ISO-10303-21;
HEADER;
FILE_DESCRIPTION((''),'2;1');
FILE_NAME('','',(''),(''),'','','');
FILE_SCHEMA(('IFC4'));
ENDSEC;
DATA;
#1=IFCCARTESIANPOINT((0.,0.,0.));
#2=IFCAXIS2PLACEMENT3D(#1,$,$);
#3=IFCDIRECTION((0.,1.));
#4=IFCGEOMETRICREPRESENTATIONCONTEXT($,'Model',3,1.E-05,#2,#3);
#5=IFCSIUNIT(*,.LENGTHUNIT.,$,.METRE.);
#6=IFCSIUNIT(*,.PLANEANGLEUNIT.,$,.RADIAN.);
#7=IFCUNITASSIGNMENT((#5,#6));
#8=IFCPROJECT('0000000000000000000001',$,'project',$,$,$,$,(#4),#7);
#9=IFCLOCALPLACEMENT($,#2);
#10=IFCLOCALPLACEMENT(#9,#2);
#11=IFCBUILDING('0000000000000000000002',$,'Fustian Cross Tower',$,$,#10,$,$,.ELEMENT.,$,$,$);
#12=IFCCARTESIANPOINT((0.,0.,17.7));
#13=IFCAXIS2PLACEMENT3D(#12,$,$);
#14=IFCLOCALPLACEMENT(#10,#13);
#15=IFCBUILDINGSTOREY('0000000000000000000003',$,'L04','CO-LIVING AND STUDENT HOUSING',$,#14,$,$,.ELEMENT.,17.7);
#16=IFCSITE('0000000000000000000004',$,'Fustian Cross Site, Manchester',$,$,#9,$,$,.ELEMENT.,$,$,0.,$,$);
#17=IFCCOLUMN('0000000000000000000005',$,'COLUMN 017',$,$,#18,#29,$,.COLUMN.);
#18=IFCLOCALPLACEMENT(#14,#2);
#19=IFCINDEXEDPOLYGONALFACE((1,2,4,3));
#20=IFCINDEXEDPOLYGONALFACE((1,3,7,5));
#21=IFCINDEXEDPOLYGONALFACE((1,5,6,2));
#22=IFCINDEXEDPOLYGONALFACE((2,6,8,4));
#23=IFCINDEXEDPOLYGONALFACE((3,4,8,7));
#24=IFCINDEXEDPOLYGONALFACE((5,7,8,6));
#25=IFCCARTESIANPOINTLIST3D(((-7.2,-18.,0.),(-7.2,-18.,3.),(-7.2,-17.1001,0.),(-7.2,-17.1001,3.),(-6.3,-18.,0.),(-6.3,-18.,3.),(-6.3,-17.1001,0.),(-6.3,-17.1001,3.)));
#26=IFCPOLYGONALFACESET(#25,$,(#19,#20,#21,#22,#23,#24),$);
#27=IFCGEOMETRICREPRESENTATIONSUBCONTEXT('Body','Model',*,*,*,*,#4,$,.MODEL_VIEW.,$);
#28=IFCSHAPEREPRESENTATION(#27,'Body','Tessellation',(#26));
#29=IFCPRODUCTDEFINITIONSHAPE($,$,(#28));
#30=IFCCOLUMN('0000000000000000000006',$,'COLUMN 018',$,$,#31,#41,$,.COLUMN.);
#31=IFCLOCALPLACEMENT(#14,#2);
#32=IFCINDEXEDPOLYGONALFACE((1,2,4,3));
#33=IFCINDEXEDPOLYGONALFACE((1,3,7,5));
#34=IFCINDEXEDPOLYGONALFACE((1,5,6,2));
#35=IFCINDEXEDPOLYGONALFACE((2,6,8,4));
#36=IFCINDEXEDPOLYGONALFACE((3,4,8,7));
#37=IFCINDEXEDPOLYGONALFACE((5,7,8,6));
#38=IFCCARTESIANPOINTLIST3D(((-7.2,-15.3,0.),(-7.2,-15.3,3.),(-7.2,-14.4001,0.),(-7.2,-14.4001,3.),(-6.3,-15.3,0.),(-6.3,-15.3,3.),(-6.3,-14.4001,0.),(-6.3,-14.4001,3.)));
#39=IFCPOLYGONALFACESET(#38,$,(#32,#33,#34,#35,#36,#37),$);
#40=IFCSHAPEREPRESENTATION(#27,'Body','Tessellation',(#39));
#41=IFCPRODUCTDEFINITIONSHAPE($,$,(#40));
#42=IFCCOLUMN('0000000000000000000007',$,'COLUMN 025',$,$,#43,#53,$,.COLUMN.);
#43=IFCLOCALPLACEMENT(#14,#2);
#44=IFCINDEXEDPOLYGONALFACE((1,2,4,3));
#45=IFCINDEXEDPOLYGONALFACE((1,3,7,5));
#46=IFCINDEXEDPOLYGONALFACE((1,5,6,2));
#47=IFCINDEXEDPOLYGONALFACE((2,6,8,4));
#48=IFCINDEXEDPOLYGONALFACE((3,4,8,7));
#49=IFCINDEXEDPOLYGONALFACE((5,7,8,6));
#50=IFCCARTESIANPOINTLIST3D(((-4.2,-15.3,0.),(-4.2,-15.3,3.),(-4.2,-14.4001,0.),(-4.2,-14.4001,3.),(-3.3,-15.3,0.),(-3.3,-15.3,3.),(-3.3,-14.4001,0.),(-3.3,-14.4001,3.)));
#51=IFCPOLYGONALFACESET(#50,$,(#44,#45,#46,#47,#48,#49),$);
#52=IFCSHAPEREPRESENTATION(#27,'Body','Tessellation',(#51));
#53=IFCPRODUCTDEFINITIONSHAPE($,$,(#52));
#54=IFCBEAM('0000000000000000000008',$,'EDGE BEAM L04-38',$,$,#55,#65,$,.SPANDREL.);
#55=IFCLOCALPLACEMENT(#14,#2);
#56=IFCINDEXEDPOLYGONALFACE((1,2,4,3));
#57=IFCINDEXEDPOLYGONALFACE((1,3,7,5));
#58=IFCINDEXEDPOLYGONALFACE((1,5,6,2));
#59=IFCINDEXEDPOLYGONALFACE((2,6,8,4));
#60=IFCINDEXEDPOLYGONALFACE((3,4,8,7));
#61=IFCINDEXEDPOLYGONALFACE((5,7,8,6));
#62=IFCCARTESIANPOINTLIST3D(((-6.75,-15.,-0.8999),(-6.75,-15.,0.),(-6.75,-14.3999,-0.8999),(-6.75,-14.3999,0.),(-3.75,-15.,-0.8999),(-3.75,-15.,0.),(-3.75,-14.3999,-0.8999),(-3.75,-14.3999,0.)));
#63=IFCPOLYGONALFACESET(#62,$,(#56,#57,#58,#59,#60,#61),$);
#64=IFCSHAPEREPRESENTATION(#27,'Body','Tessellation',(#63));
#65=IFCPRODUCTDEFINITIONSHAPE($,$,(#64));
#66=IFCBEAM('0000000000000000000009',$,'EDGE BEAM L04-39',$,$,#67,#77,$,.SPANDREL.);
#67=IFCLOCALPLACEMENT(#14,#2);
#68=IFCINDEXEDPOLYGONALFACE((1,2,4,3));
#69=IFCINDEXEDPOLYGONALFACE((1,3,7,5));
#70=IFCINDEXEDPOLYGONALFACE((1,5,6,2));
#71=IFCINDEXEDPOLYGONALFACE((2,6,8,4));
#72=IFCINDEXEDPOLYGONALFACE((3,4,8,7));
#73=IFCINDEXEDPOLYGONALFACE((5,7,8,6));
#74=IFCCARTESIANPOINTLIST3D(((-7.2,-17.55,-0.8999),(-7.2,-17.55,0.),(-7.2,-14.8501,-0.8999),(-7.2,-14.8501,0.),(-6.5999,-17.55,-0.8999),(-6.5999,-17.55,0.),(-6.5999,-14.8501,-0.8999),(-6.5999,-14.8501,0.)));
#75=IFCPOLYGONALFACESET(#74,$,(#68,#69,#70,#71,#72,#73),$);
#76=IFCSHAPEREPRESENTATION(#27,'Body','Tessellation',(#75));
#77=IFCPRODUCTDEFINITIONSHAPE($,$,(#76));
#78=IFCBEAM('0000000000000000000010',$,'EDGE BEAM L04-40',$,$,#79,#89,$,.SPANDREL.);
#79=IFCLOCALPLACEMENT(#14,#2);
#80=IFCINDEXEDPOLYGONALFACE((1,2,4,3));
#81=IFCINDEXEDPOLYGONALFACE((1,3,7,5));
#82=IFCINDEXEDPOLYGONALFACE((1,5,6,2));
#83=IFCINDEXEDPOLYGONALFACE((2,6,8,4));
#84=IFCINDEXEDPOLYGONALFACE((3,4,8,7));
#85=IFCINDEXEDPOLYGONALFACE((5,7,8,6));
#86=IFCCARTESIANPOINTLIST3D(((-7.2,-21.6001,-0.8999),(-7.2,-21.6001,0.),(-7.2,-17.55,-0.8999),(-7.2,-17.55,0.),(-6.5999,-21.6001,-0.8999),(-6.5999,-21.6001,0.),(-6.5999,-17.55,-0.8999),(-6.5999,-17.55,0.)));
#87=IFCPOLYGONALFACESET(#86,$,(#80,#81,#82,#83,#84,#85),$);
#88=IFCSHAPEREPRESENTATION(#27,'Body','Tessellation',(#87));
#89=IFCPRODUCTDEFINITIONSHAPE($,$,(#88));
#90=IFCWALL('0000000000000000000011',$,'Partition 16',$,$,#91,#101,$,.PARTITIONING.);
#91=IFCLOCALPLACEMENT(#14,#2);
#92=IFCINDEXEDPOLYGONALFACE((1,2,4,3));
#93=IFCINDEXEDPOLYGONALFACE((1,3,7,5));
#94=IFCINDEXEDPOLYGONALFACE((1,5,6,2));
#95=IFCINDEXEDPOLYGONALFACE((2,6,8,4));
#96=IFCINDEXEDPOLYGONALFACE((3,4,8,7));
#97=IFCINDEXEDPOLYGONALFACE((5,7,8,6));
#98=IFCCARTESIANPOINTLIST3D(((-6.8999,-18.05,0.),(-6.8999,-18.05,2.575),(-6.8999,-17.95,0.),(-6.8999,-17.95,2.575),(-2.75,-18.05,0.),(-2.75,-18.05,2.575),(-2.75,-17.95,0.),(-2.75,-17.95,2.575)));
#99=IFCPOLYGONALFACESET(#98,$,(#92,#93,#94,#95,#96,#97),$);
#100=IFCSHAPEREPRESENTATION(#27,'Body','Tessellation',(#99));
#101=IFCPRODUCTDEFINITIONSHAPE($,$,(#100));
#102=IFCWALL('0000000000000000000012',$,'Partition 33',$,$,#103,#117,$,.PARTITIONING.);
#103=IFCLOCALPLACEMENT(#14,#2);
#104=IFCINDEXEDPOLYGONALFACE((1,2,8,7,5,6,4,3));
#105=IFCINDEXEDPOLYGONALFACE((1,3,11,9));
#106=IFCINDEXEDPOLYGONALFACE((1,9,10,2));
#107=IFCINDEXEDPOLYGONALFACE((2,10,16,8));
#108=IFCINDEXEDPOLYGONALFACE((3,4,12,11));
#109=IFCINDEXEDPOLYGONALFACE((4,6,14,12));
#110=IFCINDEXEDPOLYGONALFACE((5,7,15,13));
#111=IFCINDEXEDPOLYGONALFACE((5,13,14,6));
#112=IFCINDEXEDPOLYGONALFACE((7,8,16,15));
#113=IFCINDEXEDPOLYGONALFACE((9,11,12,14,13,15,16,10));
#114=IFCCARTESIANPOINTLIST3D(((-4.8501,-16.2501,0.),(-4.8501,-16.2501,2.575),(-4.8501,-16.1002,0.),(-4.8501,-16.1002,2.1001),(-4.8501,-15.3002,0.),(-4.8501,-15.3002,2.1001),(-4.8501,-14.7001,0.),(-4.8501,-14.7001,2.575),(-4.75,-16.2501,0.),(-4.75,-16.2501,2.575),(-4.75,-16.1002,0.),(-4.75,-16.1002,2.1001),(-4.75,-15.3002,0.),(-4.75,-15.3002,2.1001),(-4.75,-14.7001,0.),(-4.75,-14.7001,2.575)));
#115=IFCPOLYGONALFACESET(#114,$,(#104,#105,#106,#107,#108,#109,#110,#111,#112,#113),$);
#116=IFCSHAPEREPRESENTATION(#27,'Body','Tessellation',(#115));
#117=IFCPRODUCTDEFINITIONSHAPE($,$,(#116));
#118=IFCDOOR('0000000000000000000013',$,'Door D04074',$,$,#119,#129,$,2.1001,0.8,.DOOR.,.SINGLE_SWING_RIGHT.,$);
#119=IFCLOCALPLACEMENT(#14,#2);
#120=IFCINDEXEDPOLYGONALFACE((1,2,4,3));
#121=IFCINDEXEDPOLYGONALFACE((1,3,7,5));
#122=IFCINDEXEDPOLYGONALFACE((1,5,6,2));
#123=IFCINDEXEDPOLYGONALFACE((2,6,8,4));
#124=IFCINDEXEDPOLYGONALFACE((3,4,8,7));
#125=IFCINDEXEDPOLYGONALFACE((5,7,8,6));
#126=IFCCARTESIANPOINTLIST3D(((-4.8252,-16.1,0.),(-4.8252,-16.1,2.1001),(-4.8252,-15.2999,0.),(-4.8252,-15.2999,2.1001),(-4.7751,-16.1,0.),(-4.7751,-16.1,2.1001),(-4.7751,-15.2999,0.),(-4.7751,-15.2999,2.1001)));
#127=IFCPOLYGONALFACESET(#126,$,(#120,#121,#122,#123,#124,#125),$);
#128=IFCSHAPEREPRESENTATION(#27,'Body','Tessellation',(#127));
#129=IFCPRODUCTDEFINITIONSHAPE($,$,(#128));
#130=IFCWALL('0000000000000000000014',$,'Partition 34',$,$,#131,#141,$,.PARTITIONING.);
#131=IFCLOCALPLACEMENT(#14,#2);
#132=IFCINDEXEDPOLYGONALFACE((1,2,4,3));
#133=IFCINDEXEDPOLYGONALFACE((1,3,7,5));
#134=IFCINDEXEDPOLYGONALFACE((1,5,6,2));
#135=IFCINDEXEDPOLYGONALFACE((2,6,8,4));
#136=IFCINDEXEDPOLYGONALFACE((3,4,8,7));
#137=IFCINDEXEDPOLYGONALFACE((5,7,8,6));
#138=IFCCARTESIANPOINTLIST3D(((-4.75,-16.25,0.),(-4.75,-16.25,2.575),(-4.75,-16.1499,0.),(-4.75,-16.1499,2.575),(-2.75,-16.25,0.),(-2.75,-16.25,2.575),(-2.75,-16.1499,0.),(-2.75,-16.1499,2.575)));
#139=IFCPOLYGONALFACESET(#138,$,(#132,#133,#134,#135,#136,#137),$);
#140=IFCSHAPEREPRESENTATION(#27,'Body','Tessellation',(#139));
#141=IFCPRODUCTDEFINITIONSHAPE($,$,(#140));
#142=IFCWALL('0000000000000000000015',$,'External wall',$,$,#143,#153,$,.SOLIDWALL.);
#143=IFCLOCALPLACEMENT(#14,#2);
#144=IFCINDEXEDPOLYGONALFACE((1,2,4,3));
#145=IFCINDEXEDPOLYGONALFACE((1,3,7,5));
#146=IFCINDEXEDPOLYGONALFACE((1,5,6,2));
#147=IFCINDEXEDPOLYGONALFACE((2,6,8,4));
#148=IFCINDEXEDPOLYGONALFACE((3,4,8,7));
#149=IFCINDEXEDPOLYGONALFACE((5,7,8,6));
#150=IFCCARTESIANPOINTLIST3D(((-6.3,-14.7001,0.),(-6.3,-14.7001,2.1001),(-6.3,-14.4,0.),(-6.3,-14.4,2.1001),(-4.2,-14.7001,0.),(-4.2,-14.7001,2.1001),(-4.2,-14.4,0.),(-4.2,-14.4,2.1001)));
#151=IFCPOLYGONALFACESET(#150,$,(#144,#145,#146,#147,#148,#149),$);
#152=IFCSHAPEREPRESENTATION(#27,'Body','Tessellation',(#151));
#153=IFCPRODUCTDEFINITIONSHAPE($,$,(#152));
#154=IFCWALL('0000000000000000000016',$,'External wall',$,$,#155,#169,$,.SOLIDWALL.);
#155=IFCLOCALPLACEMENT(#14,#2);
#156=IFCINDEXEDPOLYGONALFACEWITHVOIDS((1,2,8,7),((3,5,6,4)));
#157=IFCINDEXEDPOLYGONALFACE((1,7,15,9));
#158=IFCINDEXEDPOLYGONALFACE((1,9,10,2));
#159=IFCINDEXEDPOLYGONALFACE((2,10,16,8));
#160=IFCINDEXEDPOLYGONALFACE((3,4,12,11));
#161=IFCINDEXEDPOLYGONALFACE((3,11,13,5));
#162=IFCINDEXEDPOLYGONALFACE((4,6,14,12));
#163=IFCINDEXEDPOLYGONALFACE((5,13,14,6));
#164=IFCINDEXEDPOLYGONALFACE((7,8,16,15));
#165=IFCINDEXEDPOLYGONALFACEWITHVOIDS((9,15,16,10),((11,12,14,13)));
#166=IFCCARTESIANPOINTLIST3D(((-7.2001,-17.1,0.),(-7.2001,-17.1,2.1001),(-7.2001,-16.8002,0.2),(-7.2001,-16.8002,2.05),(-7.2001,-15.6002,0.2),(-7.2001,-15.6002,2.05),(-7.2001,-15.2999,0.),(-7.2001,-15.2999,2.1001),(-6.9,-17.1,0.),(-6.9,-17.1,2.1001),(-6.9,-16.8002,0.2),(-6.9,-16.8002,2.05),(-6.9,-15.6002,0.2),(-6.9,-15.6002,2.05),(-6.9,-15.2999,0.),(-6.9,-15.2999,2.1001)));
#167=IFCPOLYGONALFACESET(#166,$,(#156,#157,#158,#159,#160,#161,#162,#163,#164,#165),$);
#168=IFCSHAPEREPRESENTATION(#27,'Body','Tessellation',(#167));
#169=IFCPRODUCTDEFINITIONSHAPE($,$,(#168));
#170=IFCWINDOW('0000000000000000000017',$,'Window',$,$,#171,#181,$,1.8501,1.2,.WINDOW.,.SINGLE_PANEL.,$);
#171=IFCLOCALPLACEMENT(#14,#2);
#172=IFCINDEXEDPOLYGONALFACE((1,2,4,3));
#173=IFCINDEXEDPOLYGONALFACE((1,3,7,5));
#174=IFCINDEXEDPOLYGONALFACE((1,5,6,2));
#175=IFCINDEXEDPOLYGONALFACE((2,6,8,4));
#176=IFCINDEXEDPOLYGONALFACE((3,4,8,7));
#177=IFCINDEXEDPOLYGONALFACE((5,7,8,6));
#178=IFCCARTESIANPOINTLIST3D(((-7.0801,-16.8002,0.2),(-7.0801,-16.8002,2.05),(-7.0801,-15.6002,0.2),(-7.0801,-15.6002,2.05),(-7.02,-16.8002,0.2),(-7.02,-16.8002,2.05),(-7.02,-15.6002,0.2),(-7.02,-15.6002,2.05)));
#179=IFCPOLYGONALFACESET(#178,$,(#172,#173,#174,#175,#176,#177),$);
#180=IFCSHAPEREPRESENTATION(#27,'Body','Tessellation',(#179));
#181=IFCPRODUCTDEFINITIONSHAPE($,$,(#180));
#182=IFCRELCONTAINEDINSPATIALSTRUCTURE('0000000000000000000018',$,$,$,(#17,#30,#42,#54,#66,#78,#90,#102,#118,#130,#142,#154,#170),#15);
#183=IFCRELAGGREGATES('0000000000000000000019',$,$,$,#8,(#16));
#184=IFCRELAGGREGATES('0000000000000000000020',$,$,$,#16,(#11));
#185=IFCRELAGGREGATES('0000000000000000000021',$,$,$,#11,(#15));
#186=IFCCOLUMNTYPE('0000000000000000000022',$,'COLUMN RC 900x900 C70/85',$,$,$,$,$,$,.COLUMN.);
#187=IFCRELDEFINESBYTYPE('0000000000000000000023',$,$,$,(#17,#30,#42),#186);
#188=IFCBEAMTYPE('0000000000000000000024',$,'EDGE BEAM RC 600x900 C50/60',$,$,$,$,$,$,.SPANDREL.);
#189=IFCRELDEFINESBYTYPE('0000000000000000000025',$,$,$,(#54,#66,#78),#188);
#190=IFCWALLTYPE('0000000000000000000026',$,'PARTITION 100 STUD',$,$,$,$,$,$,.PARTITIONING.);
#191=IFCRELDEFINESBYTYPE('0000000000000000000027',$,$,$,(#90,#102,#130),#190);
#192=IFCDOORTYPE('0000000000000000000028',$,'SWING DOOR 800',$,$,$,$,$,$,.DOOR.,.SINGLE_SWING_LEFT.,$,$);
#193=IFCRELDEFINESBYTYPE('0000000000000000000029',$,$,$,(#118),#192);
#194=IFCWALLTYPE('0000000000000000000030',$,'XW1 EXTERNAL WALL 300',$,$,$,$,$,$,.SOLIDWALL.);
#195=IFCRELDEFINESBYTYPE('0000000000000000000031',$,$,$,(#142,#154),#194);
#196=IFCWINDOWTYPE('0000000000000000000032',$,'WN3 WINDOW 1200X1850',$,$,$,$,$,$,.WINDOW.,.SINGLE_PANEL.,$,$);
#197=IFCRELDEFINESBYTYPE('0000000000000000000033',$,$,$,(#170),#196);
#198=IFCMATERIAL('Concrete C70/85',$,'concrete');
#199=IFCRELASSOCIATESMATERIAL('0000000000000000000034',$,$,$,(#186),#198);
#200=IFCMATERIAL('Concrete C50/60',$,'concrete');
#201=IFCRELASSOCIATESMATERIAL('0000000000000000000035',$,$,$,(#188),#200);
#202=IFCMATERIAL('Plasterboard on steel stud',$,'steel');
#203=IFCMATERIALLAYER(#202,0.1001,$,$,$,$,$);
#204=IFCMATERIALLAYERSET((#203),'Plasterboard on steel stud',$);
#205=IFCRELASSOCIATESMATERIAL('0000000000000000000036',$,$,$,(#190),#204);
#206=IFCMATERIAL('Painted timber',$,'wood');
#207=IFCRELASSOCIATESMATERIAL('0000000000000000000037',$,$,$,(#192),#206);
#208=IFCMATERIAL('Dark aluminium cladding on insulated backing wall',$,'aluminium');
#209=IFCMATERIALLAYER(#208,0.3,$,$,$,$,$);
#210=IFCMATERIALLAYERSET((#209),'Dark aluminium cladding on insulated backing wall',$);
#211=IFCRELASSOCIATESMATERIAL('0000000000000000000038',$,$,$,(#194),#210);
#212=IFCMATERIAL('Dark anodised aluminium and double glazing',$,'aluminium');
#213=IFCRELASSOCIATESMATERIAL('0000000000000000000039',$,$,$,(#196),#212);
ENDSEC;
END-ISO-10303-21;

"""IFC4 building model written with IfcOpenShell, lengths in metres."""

from ifc_helpers import new_model, si_unit, direction, frame, frame_2d, origin, origin_2d, place, context, subcontext, project, spatial, rectangle, extrude, material, layer, layer_set, material_profile, profile_set, type_object, element, fill, save


model = new_model("IFC4")

# Units and contexts
model_context = context("Model", 3, precision=1e-05, world=origin(), true_north=direction((0.0, 1.0)))
body_context = subcontext(model_context, "Body", "Model", "MODEL_VIEW")
ifc_project = project(units=[si_unit("LENGTHUNIT", "METRE"), si_unit("PLANEANGLEUNIT", "RADIAN")], contexts=[model_context])

# Site, building, storey
site_placement = place(None, origin())
site = spatial("IfcSite", under=ifc_project, at=site_placement, Name="Fustian Cross Site, Manchester", CompositionType="ELEMENT", RefElevation=0.0)
building_placement = place(site_placement, origin())
building = spatial("IfcBuilding", under=site, at=building_placement, Name="Fustian Cross Tower", CompositionType="ELEMENT")
storey_placement = place(building_placement, frame((0.0, 0.0, 17.7)))
storey = spatial("IfcBuildingStorey", under=building, at=storey_placement, Name="L04", Description="CO-LIVING AND STUDENT HOUSING", CompositionType="ELEMENT", Elevation=17.7)

# Columns
ifc_material_1 = material(Name="Concrete C70/85", Category="concrete")
ifc_material_profile_1 = material_profile(ifc_material_1, rectangle(XDim=0.8999, YDim=0.8999, at=origin_2d()), Name="RC 900x900")
ifc_profile_set_1 = profile_set([ifc_material_profile_1], Name="Concrete C70/85")
column_type = type_object("IfcColumnType", Name="COLUMN RC 900x900 C70/85", PredefinedType="COLUMN", material=ifc_profile_set_1)
for number, where, z_axis, x_axis, name in (
    (1, (-6.75, -17.55, 0.0), (0.0, 0.0, 1.0), (1.0, 0.0, 0.0), "COLUMN 017"),
    (2, (-6.75, -14.8501, 0.0), (0.0, 0.0, 1.0), (1.0, 0.0, 0.0), "COLUMN 018"),
    (3, (-3.75, -14.8501, 0.0), (0.0, 0.0, 1.0), (1.0, 0.0, 0.0), "COLUMN 025"),
):
    element("IfcColumn", number, at=place(storey_placement, frame(where, z_axis=z_axis, x_axis=x_axis)), inside=storey, type_object=column_type, Name=name, PredefinedType="COLUMN", context=body_context, shape_type="SweptSolid", body=[
        extrude(rectangle(XDim=0.8999, YDim=0.8999, at=origin_2d()), origin(), (0.0, 0.0, 1.0), 3.0),
    ])

# Beams
ifc_material_2 = material(Name="Concrete C50/60", Category="concrete")
ifc_material_profile_2 = material_profile(ifc_material_2, rectangle(XDim=0.6001, YDim=0.8999, at=origin_2d()), Name="RC 600x900")
ifc_profile_set_2 = profile_set([ifc_material_profile_2], Name="Concrete C50/60")
beam_type = type_object("IfcBeamType", Name="EDGE BEAM RC 600x900 C50/60", PredefinedType="SPANDREL", material=ifc_profile_set_2)
beam_1_placement = place(storey_placement, frame((-3.75, -14.7, -0.45), z_axis=(-1.0, 0.0, 0.0), x_axis=(0.0, -1.0, 0.0)))
element("IfcBeam", 4, at=beam_1_placement, inside=storey, type_object=beam_type, Name="EDGE BEAM L04-38", PredefinedType="SPANDREL", context=body_context, shape_type="SweptSolid", body=[
    extrude(rectangle(XDim=0.6001, YDim=0.8999, at=origin_2d()), origin(), (0.0, 0.0, 1.0), 3.0),
])
beam_2_placement = place(storey_placement, frame((-6.8999, -14.8501, -0.45), z_axis=(0.0, -1.0, 0.0), x_axis=(1.0, 0.0, 0.0)))
element("IfcBeam", 5, at=beam_2_placement, inside=storey, type_object=beam_type, Name="EDGE BEAM L04-39", PredefinedType="SPANDREL", context=body_context, shape_type="SweptSolid", body=[
    extrude(rectangle(XDim=0.6001, YDim=0.8999, at=origin_2d()), origin(), (0.0, 0.0, 1.0), 2.7),
])
beam_3_placement = place(storey_placement, frame((-6.8999, -17.55, -0.45), z_axis=(0.0, -1.0, 0.0), x_axis=(1.0, 0.0, 0.0)))
element("IfcBeam", 6, at=beam_3_placement, inside=storey, type_object=beam_type, Name="EDGE BEAM L04-40", PredefinedType="SPANDREL", context=body_context, shape_type="SweptSolid", body=[
    extrude(rectangle(XDim=0.6001, YDim=0.8999, at=origin_2d()), origin(), (0.0, 0.0, 1.0), 4.05),
])

# Wall
ifc_material_3 = material(Name="Plasterboard on steel stud", Category="steel")
ifc_layer_1 = layer(ifc_material_3, 0.1001)
ifc_layer_set_1 = layer_set([ifc_layer_1], Name="Plasterboard on steel stud")
wall_type_1 = type_object("IfcWallType", Name="PARTITION 100 STUD", PredefinedType="PARTITIONING", material=ifc_layer_set_1)
wall_1_placement = place(storey_placement, frame((-6.8999, -18.0, 0.0), z_axis=(0.0, 0.0, 1.0), x_axis=(1.0, 0.0, 0.0)))
element("IfcWall", 7, at=wall_1_placement, inside=storey, type_object=wall_type_1, Name="Partition 16", PredefinedType="PARTITIONING", context=body_context, shape_type="SweptSolid", body=[
    extrude(rectangle(XDim=4.1499, YDim=0.1001, at=frame_2d((2.075, 0.0))), origin(), (0.0, 0.0, 1.0), 2.575),
])

# Wall, opening, door
wall_2_placement = place(storey_placement, frame((-4.8, -16.25, 0.0), z_axis=(0.0, 0.0, 1.0), x_axis=(0.0, 1.0, 0.0)))
wall_2 = element("IfcWall", 8, at=wall_2_placement, inside=storey, type_object=wall_type_1, Name="Partition 33", PredefinedType="PARTITIONING", context=body_context, shape_type="SweptSolid", body=[
    extrude(rectangle(XDim=1.55, YDim=0.1001, at=frame_2d((0.7749, 0.0))), origin(), (0.0, 0.0, 1.0), 2.575),
])
opening_1_placement = place(wall_2_placement, frame((0.1499, 0.0, 0.0)))
opening_1 = element("IfcOpeningElement", 9, at=opening_1_placement, cuts=wall_2, PredefinedType="OPENING", context=body_context, shape_type="SweptSolid", body=[
    extrude(rectangle(XDim=0.8, YDim=2.1001, at=frame_2d((0.3999, 1.05))), frame((0.0, 0.0601, 0.0), z_axis=(0.0, -1.0, 0.0), x_axis=(1.0, 0.0, 0.0)), (0.0, 0.0, 1.0), 0.1201),
])
ifc_material_4 = material(Name="Painted timber", Category="wood")
door_type = type_object("IfcDoorType", Name="SWING DOOR 800", OperationType="SINGLE_SWING_LEFT", PredefinedType="DOOR", material=ifc_material_4)
door_placement = place(opening_1_placement, frame((0.8, 0.0, 0.0), z_axis=(0.0, 0.0, 1.0), x_axis=(-1.0, 0.0, 0.0)))
door = element("IfcDoor", 10, at=door_placement, inside=storey, type_object=door_type, Name="Door D04074", OperationType="SINGLE_SWING_RIGHT", OverallHeight=2.1001, OverallWidth=0.8, PredefinedType="DOOR", context=body_context, shape_type="SweptSolid", body=[
    extrude(rectangle(XDim=0.8, YDim=2.1001, at=frame_2d((0.3999, 1.05))), frame((0.0, 0.0249, 0.0), z_axis=(0.0, -1.0, 0.0), x_axis=(1.0, 0.0, 0.0)), (0.0, 0.0, 1.0), 0.05),
])
fill(opening_1, door)

# Walls
wall_3_placement = place(storey_placement, frame((-4.75, -16.2, 0.0), z_axis=(0.0, 0.0, 1.0), x_axis=(1.0, 0.0, 0.0)))
element("IfcWall", 11, at=wall_3_placement, inside=storey, type_object=wall_type_1, Name="Partition 34", PredefinedType="PARTITIONING", context=body_context, shape_type="SweptSolid", body=[
    extrude(rectangle(XDim=2.0, YDim=0.1001, at=frame_2d((1.0, 0.0))), origin(), (0.0, 0.0, 1.0), 2.575),
])
ifc_material_5 = material(Name="Dark aluminium cladding on insulated backing wall", Category="aluminium")
ifc_layer_2 = layer(ifc_material_5, 0.3)
ifc_layer_set_2 = layer_set([ifc_layer_2], Name="Dark aluminium cladding on insulated backing wall")
wall_type_2 = type_object("IfcWallType", Name="XW1 EXTERNAL WALL 300", PredefinedType="SOLIDWALL", material=ifc_layer_set_2)
wall_4_placement = place(storey_placement, frame((-4.2, -14.55, 0.0), z_axis=(0.0, 0.0, 1.0), x_axis=(-1.0, 0.0, 0.0)))
element("IfcWall", 12, at=wall_4_placement, inside=storey, type_object=wall_type_2, Name="External wall", PredefinedType="SOLIDWALL", context=body_context, shape_type="SweptSolid", body=[
    extrude(rectangle(XDim=2.1001, YDim=0.3, at=frame_2d((1.05, 0.0))), origin(), (0.0, 0.0, 1.0), 2.1001),
])

# Wall, opening, window
wall_5_placement = place(storey_placement, frame((-7.05, -15.3, 0.0), z_axis=(0.0, 0.0, 1.0), x_axis=(0.0, -1.0, 0.0)))
wall_5 = element("IfcWall", 13, at=wall_5_placement, inside=storey, type_object=wall_type_2, Name="External wall", PredefinedType="SOLIDWALL", context=body_context, shape_type="SweptSolid", body=[
    extrude(rectangle(XDim=1.8, YDim=0.3, at=frame_2d((0.8999, 0.0))), origin(), (0.0, 0.0, 1.0), 2.1001),
])
opening_2_placement = place(wall_5_placement, frame((0.3, 0.0, 0.2)))
opening_2 = element("IfcOpeningElement", 14, at=opening_2_placement, cuts=wall_5, PredefinedType="OPENING", context=body_context, shape_type="SweptSolid", body=[
    extrude(rectangle(XDim=1.2, YDim=1.8501, at=frame_2d((0.6001, 0.925))), frame((0.0, 0.1599, 0.0), z_axis=(0.0, -1.0, 0.0), x_axis=(1.0, 0.0, 0.0)), (0.0, 0.0, 1.0), 0.3201),
])
ifc_material_6 = material(Name="Dark anodised aluminium and double glazing", Category="aluminium")
window_type = type_object("IfcWindowType", Name="WN3 WINDOW 1200X1850", PartitioningType="SINGLE_PANEL", PredefinedType="WINDOW", material=ifc_material_6)
window_1_placement = place(opening_2_placement, origin())
window_1 = element("IfcWindow", 15, at=window_1_placement, inside=storey, type_object=window_type, Name="Window", OverallHeight=1.8501, OverallWidth=1.2, PartitioningType="SINGLE_PANEL", PredefinedType="WINDOW", context=body_context, shape_type="SweptSolid", body=[
    extrude(rectangle(XDim=1.2, YDim=1.8501, at=frame_2d((0.6001, 0.925))), frame((0.0, 0.03, 0.0), z_axis=(0.0, -1.0, 0.0), x_axis=(1.0, 0.0, 0.0)), (0.0, 0.0, 1.0), 0.0601),
])
fill(opening_2, window_1)

save(model, "model.ifc")
